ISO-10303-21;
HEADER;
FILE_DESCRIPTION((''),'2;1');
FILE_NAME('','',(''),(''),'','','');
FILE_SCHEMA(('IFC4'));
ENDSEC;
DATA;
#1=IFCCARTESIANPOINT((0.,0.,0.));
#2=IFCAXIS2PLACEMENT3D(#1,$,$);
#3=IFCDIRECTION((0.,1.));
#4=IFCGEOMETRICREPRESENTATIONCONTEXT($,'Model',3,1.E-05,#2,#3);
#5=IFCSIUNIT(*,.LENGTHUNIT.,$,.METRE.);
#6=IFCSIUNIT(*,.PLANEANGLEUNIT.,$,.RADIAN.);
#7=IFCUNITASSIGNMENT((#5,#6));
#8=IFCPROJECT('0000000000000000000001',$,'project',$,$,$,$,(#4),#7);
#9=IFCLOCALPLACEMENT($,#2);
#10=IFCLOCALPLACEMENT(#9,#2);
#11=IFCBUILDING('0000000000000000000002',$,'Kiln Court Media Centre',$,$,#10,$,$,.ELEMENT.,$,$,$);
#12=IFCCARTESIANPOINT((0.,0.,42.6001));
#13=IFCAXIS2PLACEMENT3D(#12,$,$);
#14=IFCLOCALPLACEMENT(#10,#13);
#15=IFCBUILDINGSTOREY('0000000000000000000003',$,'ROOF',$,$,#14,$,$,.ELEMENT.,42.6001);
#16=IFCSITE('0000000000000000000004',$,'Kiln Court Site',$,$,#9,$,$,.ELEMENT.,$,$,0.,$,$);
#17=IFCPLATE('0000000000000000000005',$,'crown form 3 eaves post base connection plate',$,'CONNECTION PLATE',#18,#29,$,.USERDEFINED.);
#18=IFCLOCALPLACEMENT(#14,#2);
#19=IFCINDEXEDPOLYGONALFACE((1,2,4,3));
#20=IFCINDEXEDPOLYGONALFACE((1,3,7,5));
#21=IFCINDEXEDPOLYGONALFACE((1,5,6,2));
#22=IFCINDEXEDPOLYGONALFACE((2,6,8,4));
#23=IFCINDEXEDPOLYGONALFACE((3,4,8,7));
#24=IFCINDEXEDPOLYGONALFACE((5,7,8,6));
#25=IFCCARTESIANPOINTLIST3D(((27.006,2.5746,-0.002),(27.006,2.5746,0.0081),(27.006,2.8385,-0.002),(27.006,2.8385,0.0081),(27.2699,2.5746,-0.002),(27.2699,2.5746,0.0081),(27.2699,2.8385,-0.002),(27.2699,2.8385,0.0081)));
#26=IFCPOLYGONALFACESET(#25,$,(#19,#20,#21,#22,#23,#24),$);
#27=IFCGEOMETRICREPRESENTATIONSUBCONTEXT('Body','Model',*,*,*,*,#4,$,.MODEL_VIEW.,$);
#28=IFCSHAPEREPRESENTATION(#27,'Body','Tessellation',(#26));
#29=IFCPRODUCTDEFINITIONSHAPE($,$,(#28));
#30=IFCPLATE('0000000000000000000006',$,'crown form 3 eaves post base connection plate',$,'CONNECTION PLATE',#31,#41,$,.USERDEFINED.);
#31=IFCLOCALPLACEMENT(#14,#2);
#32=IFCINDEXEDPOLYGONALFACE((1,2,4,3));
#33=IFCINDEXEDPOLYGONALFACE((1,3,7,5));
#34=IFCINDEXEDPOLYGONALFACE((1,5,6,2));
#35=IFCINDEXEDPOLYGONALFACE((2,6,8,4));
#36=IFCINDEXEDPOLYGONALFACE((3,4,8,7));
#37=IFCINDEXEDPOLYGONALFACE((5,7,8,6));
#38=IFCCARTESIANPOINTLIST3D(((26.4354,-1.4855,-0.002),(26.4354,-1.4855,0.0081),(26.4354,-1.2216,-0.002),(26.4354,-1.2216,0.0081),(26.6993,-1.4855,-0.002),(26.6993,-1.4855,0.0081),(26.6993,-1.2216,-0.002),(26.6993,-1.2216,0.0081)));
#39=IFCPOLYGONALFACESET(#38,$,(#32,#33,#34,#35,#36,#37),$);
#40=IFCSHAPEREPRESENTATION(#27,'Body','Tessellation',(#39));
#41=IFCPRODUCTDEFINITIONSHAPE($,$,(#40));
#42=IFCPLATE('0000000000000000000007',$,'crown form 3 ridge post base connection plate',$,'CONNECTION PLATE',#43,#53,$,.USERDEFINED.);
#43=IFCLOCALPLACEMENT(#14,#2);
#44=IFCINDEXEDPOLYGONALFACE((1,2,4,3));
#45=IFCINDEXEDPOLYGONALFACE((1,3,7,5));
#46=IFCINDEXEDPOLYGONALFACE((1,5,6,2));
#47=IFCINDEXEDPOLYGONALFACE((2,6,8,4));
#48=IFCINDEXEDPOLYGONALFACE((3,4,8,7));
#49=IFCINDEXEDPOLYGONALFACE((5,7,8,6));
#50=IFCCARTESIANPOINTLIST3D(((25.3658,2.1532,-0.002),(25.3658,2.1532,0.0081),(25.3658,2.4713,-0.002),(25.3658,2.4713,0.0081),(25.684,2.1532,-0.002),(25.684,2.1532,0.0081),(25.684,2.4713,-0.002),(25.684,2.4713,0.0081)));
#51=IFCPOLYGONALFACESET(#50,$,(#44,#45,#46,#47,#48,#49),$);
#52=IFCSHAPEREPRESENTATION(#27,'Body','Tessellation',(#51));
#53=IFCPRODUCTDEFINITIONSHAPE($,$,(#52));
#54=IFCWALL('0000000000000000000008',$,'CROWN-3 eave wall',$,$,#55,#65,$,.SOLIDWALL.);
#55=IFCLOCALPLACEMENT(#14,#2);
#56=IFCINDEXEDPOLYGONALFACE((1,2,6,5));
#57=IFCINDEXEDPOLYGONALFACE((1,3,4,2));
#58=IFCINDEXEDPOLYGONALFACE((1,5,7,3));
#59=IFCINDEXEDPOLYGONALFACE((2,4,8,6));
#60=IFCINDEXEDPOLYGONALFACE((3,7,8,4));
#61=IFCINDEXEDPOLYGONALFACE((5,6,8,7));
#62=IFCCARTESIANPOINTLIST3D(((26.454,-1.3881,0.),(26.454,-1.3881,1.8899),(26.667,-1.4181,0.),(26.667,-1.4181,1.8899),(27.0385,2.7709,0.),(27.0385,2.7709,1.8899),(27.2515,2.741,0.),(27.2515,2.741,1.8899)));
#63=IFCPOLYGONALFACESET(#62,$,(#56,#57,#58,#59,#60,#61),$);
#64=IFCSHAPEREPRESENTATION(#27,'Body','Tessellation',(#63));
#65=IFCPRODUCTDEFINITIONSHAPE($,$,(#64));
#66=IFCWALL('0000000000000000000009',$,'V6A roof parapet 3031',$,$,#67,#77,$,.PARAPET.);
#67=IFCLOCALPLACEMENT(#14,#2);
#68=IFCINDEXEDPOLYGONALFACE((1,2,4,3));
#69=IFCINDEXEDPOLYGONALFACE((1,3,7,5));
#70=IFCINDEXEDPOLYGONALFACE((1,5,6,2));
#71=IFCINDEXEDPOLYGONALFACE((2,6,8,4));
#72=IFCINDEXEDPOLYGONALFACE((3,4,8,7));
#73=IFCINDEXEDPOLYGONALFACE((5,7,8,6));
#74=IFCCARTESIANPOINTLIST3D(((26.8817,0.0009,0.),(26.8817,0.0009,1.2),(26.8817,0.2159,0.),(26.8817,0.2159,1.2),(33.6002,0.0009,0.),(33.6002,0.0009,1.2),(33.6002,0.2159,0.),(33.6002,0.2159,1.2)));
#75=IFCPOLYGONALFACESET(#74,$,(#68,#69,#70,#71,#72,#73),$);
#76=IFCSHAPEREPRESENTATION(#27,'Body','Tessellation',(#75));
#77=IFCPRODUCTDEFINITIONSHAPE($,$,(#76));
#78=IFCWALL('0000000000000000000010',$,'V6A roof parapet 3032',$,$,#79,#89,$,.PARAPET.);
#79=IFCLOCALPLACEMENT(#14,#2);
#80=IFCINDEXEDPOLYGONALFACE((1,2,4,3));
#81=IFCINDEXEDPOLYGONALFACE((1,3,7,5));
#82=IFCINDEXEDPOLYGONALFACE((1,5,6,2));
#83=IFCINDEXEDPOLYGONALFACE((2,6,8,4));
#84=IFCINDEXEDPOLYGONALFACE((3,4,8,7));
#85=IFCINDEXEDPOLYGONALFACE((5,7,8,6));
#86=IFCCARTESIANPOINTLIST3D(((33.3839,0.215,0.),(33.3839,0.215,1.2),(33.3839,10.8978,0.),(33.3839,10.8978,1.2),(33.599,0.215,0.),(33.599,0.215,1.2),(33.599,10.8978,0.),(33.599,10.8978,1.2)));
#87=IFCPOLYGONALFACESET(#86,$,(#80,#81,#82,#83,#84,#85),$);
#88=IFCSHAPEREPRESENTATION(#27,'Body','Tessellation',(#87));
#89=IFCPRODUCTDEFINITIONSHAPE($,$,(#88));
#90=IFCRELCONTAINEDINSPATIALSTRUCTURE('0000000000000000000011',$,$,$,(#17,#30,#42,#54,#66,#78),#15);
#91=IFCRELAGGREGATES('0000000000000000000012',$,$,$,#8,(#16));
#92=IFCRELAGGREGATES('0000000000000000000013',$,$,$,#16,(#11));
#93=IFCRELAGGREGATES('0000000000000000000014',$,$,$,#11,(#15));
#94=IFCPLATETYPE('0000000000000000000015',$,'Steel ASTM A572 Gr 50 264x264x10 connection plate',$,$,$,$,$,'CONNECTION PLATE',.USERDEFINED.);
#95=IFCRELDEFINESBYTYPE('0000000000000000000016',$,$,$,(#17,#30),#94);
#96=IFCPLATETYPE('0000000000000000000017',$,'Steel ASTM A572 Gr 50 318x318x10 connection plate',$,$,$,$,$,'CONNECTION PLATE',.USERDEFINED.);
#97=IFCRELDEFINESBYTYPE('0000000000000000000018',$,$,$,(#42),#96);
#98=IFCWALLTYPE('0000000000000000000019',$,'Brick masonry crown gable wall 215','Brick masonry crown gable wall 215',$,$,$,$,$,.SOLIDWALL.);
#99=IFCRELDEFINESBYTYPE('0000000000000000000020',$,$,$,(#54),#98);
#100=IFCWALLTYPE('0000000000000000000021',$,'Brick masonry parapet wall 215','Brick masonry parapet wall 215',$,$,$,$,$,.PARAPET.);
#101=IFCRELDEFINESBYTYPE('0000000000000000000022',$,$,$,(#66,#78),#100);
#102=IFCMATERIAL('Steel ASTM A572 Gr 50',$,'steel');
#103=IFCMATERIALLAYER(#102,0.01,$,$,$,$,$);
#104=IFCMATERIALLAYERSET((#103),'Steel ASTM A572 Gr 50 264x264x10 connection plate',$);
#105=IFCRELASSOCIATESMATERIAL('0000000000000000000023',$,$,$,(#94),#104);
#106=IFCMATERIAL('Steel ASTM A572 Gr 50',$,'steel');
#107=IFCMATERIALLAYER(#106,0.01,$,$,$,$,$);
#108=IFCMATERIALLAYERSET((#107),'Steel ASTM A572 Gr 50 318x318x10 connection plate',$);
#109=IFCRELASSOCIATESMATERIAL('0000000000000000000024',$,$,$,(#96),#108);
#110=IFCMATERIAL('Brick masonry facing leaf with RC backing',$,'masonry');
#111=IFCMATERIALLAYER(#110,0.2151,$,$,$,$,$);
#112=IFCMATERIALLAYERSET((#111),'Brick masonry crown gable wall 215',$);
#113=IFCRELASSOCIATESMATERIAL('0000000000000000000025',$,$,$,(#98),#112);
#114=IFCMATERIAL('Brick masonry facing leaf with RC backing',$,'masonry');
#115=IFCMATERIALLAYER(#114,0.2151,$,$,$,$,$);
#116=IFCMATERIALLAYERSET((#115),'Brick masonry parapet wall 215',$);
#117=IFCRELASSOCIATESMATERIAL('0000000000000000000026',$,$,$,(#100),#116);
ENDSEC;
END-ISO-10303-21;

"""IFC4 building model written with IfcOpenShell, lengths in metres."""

from ifc_helpers import new_model, si_unit, direction, frame, frame_2d, origin, origin_2d, place, context, subcontext, project, spatial, rectangle, extrude, material, layer, layer_set, type_object, element, save


model = new_model("IFC4")

# Units and contexts
model_context = context("Model", 3, precision=1e-05, world=origin(), true_north=direction((0.0, 1.0)))
body_context = subcontext(model_context, "Body", "Model", "MODEL_VIEW")
ifc_project = project(units=[si_unit("LENGTHUNIT", "METRE"), si_unit("PLANEANGLEUNIT", "RADIAN")], contexts=[model_context])

# Site, building, storey
site_placement = place(None, origin())
site = spatial("IfcSite", under=ifc_project, at=site_placement, Name="Kiln Court Site", CompositionType="ELEMENT", RefElevation=0.0)
building_placement = place(site_placement, origin())
building = spatial("IfcBuilding", under=site, at=building_placement, Name="Kiln Court Media Centre", CompositionType="ELEMENT")
storey_placement = place(building_placement, frame((0.0, 0.0, 42.6001)))
storey = spatial("IfcBuildingStorey", under=building, at=storey_placement, Name="ROOF", CompositionType="ELEMENT", Elevation=42.6001)

# Plates
ifc_material_1 = material(Name="Steel ASTM A572 Gr 50", Category="steel")
ifc_layer_1 = layer(ifc_material_1, 0.01)
ifc_layer_set_1 = layer_set([ifc_layer_1], Name="Steel ASTM A572 Gr 50 264x264x10 connection plate")
plate_type_1 = type_object("IfcPlateType", Name="Steel ASTM A572 Gr 50 264x264x10 connection plate", ElementType="CONNECTION PLATE", PredefinedType="USERDEFINED", material=ifc_layer_set_1)
for number, where, z_axis, x_axis, name in (
    (1, (27.1379, 2.7065, -0.002), (0.0, 0.0, 1.0), (1.0, 0.0, 0.0), "crown form 3 eaves post base connection plate"),
    (2, (26.5674, -1.3535, -0.002), (0.0, 0.0, 1.0), (1.0, 0.0, 0.0), "crown form 3 eaves post base connection plate"),
):
    element("IfcPlate", number, at=place(storey_placement, frame(where, z_axis=z_axis, x_axis=x_axis)), inside=storey, type_object=plate_type_1, Name=name, ObjectType="CONNECTION PLATE", PredefinedType="USERDEFINED", context=body_context, shape_type="SweptSolid", body=[
        extrude(rectangle(XDim=0.2639, YDim=0.2639, at=origin_2d()), origin(), (0.0, 0.0, 1.0), 0.01),
    ])
ifc_material_2 = material(Name="Steel ASTM A572 Gr 50", Category="steel")
ifc_layer_2 = layer(ifc_material_2, 0.01)
ifc_layer_set_2 = layer_set([ifc_layer_2], Name="Steel ASTM A572 Gr 50 318x318x10 connection plate")
plate_type_2 = type_object("IfcPlateType", Name="Steel ASTM A572 Gr 50 318x318x10 connection plate", ElementType="CONNECTION PLATE", PredefinedType="USERDEFINED", material=ifc_layer_set_2)
plate_placement = place(storey_placement, frame((25.5249, 2.3123, -0.002), z_axis=(0.0, 0.0, 1.0), x_axis=(1.0, 0.0, 0.0)))
element("IfcPlate", 3, at=plate_placement, inside=storey, type_object=plate_type_2, Name="crown form 3 ridge post base connection plate", ObjectType="CONNECTION PLATE", PredefinedType="USERDEFINED", context=body_context, shape_type="SweptSolid", body=[
    extrude(rectangle(XDim=0.3181, YDim=0.3181, at=origin_2d()), origin(), (0.0, 0.0, 1.0), 0.01),
])

# Walls
ifc_material_3 = material(Name="Brick masonry facing leaf with RC backing", Category="masonry")
ifc_layer_3 = layer(ifc_material_3, 0.2151)
ifc_layer_set_3 = layer_set([ifc_layer_3], Name="Brick masonry crown gable wall 215")
wall_type_1 = type_object("IfcWallType", Name="Brick masonry crown gable wall 215", Description="Brick masonry crown gable wall 215", PredefinedType="SOLIDWALL", material=ifc_layer_set_3)
wall_1_placement = place(storey_placement, frame((27.145, 2.7561, 0.0), z_axis=(0.0, 0.0, 1.0), x_axis=(-0.139159, -0.99027, 0.0)))
element("IfcWall", 4, at=wall_1_placement, inside=storey, type_object=wall_type_1, Name="CROWN-3 eave wall", PredefinedType="SOLIDWALL", context=body_context, shape_type="SweptSolid", body=[
    extrude(rectangle(XDim=4.2, YDim=0.2151, at=frame_2d((2.1001, 0.0))), origin(), (0.0, 0.0, 1.0), 1.8899),
])
ifc_material_4 = material(Name="Brick masonry facing leaf with RC backing", Category="masonry")
ifc_layer_4 = layer(ifc_material_4, 0.2151)
ifc_layer_set_4 = layer_set([ifc_layer_4], Name="Brick masonry parapet wall 215")
wall_type_2 = type_object("IfcWallType", Name="Brick masonry parapet wall 215", Description="Brick masonry parapet wall 215", PredefinedType="PARAPET", material=ifc_layer_set_4)
wall_2_placement = place(storey_placement, frame((26.8816, 0.1084, 0.0), z_axis=(0.0, 0.0, 1.0), x_axis=(1.0, 0.0, 0.0)))
element("IfcWall", 5, at=wall_2_placement, inside=storey, type_object=wall_type_2, Name="V6A roof parapet 3031", PredefinedType="PARAPET", context=body_context, shape_type="SweptSolid", body=[
    extrude(rectangle(XDim=6.7185, YDim=0.2151, at=frame_2d((3.3594, 0.0))), origin(), (0.0, 0.0, 1.0), 1.2),
])
wall_3_placement = place(storey_placement, frame((33.4915, 0.2151, 0.0), z_axis=(0.0, 0.0, 1.0), x_axis=(0.0, 1.0, 0.0)))
element("IfcWall", 6, at=wall_3_placement, inside=storey, type_object=wall_type_2, Name="V6A roof parapet 3032", PredefinedType="PARAPET", context=body_context, shape_type="SweptSolid", body=[
    extrude(rectangle(XDim=10.6829, YDim=0.2151, at=frame_2d((5.3413, 0.0))), origin(), (0.0, 0.0, 1.0), 1.2),
])

save(model, "model.ifc")
